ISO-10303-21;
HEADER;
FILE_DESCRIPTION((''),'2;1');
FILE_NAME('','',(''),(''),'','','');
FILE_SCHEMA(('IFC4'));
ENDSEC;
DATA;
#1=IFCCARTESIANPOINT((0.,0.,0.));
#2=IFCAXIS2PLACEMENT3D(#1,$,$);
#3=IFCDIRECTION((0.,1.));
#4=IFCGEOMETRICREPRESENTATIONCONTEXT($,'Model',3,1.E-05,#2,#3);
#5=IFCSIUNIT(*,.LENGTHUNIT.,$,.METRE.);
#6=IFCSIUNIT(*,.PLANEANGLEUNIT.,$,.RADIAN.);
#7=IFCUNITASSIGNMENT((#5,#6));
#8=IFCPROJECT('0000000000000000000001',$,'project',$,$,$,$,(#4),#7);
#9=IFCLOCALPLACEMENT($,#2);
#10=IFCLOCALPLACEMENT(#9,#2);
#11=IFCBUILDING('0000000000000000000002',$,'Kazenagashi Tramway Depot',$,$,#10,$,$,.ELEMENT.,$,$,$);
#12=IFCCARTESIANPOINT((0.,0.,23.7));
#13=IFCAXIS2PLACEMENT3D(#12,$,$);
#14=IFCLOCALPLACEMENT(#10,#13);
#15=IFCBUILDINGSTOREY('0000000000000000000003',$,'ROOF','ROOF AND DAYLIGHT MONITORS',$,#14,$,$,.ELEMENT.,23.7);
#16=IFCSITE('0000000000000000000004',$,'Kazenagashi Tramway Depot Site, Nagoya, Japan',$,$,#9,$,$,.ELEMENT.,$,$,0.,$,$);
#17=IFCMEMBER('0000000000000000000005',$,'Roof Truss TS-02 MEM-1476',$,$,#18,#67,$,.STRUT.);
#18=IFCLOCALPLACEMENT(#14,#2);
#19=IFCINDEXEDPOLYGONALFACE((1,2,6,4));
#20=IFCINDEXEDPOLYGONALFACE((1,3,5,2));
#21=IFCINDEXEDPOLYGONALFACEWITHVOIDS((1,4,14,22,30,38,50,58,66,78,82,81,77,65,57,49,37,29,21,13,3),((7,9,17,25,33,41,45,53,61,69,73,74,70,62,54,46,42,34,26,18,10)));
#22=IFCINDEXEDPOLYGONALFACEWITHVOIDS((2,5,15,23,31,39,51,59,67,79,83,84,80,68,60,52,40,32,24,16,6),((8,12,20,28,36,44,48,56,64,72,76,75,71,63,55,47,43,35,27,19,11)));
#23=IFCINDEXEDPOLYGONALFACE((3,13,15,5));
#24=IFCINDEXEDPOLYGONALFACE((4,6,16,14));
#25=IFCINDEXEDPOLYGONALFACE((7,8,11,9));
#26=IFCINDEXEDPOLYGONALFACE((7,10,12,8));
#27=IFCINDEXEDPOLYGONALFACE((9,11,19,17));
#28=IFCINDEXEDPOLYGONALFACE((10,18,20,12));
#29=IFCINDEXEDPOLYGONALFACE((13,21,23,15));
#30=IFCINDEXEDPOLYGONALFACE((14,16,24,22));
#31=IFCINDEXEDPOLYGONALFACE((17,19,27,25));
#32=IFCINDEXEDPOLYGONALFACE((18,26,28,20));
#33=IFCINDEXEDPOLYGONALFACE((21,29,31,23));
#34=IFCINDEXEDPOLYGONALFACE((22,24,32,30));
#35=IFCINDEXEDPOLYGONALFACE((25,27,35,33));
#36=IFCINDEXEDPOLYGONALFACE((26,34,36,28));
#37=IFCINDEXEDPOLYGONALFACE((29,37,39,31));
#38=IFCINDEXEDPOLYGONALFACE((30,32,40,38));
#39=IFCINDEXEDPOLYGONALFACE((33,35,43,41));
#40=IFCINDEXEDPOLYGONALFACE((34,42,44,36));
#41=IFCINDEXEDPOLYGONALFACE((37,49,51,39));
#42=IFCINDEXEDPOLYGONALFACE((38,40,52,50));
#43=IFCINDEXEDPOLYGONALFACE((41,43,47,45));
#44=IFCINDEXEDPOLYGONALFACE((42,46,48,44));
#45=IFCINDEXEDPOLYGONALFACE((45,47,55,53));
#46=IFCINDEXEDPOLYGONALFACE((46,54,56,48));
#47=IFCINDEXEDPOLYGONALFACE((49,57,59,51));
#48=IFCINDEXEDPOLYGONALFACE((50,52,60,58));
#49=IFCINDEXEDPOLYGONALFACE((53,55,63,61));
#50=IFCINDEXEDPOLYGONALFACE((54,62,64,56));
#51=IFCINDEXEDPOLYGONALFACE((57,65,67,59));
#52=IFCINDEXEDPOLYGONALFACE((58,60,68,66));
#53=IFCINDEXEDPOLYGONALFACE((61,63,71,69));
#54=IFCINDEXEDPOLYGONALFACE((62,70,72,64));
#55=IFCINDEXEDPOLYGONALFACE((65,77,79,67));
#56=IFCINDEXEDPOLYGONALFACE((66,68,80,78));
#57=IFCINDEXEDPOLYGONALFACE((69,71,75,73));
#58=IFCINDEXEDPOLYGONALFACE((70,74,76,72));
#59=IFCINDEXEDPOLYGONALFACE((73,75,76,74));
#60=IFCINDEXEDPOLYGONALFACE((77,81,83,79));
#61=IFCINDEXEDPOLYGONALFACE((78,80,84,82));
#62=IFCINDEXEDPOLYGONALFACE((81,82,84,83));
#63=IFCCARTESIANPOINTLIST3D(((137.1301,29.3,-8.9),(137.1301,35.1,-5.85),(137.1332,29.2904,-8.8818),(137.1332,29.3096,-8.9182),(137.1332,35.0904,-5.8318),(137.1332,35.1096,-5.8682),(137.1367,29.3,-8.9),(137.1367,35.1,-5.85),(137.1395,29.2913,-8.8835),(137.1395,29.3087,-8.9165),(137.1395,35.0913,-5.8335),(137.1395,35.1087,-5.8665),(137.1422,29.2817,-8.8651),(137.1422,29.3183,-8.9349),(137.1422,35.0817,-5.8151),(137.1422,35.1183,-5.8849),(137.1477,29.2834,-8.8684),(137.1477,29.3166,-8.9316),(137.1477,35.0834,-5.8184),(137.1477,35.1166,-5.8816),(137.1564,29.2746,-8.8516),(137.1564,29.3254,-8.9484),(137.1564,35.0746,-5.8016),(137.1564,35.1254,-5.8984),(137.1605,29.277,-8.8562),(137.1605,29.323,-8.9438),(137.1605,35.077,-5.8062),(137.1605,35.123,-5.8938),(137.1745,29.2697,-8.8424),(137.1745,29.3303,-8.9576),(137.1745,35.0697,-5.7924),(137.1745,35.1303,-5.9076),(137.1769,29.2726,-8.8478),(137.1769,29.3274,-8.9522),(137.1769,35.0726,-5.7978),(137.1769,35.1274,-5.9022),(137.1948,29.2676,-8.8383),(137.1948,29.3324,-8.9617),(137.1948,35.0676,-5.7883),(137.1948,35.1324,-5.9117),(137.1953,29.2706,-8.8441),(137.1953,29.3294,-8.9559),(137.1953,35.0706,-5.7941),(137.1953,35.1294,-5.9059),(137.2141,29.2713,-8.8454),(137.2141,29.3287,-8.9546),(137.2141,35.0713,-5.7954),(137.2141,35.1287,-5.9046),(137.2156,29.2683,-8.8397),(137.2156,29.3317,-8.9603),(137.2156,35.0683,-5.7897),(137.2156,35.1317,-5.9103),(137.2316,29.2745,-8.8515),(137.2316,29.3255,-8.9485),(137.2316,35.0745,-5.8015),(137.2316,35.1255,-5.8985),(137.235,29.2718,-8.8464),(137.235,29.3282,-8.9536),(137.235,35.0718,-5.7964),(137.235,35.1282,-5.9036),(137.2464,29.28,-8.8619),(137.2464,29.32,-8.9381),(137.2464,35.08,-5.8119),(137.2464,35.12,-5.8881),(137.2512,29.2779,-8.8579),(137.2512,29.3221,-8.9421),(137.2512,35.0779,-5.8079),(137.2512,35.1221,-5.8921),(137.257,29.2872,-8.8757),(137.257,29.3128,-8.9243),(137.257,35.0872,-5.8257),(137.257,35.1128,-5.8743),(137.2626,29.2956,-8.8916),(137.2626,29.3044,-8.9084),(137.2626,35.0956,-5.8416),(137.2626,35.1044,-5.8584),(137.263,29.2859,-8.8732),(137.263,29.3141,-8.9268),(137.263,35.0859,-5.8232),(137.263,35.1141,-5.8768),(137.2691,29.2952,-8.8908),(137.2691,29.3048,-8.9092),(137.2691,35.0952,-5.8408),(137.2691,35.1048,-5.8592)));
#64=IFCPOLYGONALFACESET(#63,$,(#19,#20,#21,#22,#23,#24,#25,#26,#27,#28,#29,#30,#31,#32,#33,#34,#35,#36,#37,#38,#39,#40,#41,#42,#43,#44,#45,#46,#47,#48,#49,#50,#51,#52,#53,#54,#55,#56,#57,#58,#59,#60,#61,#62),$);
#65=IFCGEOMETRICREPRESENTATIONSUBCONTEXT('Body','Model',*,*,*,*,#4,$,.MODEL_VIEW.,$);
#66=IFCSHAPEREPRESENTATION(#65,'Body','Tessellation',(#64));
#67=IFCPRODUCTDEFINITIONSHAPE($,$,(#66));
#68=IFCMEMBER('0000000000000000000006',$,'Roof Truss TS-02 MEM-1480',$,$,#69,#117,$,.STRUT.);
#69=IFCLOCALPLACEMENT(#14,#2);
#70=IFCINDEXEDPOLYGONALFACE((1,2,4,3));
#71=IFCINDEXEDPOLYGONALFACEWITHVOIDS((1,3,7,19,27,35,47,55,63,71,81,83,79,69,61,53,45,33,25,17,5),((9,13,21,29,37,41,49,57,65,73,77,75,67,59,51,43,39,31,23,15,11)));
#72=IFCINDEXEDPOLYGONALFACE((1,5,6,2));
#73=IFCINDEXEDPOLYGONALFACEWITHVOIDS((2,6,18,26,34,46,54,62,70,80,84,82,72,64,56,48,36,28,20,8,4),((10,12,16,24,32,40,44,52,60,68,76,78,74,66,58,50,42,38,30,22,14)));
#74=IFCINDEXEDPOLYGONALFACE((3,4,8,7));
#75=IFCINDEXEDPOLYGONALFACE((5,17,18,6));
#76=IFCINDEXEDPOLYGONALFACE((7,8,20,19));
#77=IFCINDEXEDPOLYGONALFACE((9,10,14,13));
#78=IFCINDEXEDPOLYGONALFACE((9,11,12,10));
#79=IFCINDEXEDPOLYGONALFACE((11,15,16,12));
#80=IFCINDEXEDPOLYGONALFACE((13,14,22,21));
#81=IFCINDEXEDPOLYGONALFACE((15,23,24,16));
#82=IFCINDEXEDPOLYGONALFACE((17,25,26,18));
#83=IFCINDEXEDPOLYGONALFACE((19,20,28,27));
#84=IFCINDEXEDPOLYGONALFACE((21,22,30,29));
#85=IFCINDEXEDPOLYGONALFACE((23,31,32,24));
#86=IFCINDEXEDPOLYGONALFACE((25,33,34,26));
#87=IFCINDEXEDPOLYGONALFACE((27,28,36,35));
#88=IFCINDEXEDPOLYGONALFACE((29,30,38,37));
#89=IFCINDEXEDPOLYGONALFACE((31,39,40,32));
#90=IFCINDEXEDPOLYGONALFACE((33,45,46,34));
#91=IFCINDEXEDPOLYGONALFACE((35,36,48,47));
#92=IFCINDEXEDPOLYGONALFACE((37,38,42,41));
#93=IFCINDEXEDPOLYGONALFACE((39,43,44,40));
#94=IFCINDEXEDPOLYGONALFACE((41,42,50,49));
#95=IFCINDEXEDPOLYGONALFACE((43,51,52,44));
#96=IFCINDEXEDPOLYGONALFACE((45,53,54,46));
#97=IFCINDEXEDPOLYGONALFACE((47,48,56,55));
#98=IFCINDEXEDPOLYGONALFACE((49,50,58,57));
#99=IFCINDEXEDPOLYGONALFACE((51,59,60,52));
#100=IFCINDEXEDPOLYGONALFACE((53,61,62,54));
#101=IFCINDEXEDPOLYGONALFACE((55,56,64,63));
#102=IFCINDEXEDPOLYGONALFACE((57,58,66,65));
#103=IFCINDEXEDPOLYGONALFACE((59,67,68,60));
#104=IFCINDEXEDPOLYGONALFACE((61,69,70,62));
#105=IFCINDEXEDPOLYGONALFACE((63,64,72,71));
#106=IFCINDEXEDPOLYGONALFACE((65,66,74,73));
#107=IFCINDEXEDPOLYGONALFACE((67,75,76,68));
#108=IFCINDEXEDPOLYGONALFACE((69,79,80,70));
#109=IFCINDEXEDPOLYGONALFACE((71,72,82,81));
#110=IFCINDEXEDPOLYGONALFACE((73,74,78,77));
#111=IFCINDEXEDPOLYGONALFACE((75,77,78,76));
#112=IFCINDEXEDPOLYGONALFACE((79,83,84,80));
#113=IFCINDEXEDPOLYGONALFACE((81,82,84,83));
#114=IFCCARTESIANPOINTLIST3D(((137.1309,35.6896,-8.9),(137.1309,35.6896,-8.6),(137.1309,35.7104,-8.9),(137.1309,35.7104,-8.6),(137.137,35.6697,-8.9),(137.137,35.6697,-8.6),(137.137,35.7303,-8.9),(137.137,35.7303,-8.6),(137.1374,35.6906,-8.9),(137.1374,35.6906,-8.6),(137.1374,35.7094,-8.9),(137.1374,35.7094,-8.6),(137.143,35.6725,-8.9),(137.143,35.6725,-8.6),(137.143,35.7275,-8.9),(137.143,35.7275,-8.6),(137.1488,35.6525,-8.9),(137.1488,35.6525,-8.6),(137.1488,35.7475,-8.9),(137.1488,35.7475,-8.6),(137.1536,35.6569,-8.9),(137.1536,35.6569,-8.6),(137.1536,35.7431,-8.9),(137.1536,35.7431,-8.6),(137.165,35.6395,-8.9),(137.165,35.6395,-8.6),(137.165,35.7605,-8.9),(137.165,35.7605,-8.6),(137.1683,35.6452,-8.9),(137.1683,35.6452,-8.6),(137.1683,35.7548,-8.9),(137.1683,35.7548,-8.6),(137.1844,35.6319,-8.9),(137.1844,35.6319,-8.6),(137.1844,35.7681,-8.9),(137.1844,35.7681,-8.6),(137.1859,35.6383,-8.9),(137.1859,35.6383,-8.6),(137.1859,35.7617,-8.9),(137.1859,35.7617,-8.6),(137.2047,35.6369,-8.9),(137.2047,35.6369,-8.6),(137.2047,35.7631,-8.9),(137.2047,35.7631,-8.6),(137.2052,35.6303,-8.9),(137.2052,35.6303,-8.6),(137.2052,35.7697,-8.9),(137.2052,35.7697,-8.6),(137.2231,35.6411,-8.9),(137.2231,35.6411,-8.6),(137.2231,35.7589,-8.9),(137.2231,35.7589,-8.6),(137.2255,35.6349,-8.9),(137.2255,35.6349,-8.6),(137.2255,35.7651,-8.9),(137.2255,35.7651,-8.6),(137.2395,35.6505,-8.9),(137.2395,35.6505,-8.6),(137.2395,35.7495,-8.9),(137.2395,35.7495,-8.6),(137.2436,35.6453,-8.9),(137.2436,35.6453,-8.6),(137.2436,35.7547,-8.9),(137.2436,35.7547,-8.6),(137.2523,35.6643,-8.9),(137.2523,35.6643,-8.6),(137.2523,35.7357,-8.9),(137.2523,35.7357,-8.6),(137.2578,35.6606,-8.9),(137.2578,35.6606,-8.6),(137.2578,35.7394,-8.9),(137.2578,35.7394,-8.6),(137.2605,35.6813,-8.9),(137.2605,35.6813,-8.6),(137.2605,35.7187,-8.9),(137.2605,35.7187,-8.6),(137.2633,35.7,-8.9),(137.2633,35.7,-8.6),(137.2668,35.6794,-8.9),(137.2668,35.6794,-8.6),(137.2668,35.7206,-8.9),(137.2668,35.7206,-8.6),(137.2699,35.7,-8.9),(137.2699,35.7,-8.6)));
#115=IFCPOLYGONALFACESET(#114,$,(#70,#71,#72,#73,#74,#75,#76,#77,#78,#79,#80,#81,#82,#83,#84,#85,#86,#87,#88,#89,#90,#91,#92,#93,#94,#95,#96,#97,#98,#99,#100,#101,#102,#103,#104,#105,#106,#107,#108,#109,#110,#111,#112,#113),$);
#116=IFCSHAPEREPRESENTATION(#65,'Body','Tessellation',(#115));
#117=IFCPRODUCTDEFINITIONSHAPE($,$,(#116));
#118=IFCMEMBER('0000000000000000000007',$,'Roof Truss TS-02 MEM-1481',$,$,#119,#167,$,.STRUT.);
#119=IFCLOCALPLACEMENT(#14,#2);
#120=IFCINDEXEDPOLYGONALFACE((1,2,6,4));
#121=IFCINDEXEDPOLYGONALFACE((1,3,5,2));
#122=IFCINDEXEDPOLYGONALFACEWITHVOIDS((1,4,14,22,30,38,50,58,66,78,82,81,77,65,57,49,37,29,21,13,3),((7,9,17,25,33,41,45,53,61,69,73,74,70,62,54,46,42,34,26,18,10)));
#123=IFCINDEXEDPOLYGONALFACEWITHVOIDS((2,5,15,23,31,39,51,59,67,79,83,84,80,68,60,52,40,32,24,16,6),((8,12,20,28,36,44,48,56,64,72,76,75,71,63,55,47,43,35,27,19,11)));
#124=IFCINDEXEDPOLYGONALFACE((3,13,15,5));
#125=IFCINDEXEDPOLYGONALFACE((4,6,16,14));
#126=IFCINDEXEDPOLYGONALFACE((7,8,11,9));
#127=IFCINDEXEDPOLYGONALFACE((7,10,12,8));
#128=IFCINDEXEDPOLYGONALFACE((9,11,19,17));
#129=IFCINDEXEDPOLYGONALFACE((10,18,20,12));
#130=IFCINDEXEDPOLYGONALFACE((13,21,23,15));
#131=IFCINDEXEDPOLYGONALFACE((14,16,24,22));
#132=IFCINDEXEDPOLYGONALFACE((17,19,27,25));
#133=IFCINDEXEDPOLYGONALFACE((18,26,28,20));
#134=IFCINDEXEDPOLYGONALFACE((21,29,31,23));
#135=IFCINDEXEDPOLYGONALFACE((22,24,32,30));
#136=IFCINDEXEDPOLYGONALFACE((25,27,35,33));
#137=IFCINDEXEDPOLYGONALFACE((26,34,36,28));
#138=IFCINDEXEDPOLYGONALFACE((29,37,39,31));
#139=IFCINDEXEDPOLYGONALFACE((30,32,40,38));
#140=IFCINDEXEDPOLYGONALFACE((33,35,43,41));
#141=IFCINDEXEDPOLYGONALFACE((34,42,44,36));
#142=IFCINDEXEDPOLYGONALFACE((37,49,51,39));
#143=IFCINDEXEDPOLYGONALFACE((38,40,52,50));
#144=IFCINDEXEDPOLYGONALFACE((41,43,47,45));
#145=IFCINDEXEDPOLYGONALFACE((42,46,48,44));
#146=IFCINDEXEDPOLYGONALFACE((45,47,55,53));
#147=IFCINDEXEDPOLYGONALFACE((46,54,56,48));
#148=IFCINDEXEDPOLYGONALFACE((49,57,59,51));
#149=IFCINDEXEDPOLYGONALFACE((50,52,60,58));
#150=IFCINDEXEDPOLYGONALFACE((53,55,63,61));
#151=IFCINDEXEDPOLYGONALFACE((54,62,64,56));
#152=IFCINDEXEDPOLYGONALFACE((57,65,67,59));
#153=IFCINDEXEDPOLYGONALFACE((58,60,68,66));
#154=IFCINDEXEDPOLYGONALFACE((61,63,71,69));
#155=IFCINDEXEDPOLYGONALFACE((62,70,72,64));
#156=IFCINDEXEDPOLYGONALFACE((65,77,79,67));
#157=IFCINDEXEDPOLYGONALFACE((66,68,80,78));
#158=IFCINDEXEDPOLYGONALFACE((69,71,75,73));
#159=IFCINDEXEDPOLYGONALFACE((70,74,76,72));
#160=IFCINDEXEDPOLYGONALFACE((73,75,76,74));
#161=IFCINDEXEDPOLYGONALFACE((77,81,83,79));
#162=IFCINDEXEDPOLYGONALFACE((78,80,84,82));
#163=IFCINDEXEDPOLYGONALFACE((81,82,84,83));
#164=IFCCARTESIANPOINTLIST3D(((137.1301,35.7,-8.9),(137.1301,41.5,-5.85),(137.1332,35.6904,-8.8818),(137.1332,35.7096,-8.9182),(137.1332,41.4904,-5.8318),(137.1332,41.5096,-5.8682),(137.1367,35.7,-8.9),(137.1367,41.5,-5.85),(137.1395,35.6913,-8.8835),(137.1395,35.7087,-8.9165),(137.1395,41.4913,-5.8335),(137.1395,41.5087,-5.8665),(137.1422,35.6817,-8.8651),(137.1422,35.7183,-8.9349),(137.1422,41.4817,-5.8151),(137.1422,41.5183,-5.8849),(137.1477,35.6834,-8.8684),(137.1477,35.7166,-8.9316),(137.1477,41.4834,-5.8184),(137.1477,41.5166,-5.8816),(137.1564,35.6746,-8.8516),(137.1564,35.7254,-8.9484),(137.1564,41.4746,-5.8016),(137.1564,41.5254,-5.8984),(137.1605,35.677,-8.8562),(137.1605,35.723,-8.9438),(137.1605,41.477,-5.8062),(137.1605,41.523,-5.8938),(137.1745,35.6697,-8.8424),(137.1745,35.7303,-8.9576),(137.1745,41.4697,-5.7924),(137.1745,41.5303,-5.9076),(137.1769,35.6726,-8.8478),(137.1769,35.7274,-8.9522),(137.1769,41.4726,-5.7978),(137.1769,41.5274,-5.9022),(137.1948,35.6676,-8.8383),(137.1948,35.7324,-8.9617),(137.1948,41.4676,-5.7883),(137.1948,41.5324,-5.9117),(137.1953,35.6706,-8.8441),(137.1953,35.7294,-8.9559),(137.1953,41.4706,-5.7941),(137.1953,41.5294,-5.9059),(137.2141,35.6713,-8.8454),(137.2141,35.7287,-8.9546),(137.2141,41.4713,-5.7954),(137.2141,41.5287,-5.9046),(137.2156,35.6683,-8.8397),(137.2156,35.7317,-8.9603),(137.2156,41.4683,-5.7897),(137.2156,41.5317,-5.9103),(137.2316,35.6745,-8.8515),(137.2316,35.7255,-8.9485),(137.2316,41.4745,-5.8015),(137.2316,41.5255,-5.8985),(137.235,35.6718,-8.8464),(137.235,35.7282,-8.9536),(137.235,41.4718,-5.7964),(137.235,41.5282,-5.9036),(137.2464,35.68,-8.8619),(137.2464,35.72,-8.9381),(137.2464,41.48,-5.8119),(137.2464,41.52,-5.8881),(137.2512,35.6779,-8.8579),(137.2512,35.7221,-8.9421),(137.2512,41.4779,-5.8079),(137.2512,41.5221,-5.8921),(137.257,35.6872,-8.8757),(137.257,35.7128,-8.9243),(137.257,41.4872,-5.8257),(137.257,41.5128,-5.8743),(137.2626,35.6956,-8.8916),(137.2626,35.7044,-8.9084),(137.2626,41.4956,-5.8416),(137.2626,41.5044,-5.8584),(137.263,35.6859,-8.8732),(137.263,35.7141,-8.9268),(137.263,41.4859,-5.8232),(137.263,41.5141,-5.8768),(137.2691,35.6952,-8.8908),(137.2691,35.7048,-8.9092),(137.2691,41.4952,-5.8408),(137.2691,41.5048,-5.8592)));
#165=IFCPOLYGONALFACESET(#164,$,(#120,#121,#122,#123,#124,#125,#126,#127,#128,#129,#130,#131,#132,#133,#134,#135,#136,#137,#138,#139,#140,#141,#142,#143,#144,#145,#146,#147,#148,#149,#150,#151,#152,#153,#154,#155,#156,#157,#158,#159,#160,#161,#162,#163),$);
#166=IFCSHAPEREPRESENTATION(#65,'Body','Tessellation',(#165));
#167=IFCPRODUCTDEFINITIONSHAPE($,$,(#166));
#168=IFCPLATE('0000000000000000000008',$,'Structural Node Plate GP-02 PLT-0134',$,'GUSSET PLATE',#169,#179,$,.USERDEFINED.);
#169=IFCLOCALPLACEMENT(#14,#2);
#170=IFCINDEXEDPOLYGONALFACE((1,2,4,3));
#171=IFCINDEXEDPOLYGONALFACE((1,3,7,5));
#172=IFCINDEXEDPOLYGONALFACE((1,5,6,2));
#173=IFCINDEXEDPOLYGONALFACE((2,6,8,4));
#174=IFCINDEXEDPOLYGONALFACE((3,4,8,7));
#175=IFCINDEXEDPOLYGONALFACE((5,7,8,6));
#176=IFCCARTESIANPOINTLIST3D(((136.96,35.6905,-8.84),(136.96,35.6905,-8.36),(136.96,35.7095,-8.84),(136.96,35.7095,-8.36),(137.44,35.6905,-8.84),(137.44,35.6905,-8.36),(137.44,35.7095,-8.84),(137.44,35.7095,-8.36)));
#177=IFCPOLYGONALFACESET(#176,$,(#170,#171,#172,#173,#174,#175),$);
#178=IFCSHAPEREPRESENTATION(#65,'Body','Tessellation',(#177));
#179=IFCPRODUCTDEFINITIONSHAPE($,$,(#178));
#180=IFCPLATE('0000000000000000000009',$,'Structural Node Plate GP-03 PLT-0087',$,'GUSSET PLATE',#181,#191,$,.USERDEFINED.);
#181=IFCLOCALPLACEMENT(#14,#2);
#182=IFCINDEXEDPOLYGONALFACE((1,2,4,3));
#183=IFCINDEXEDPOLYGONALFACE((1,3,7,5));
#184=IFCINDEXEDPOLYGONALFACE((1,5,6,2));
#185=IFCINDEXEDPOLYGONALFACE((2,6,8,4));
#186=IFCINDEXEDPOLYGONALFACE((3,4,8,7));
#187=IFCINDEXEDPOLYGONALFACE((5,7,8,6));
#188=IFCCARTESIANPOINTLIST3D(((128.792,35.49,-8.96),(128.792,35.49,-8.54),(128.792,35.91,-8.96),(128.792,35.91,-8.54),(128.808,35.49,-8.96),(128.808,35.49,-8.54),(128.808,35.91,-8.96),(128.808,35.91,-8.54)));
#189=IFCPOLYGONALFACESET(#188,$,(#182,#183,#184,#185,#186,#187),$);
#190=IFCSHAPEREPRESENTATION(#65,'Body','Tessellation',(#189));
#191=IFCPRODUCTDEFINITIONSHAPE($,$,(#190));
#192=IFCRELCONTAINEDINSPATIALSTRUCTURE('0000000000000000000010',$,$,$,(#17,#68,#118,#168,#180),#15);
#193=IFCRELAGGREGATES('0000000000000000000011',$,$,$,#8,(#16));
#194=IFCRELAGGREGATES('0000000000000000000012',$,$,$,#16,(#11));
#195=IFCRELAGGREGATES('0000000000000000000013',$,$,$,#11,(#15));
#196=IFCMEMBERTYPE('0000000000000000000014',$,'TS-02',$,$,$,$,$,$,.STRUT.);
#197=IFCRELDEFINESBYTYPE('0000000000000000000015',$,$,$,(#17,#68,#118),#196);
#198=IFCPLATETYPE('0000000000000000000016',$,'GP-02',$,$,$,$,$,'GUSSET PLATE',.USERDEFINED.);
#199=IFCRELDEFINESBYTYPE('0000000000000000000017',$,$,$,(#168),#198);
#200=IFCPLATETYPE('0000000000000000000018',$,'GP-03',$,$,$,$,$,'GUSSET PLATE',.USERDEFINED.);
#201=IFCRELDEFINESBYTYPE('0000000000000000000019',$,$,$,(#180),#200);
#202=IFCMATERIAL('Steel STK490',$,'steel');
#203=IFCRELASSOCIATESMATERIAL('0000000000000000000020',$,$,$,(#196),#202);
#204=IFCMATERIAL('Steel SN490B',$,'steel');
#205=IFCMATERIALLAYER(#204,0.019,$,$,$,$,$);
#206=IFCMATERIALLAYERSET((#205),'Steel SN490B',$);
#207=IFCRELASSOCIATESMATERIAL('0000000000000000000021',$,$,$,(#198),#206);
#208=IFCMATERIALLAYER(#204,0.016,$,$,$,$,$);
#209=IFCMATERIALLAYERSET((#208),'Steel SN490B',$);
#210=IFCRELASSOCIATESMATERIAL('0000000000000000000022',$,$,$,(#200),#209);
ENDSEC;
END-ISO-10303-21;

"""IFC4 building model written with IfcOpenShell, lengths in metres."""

from ifc_helpers import new_model, si_unit, direction, frame, origin, origin_2d, place, context, subcontext, project, spatial, rectangle, hollow_circle, extrude, material, layer, layer_set, material_profile, profile_set, type_object, element, save


model = new_model("IFC4")

# Units and contexts
model_context = context("Model", 3, precision=1e-05, world=origin(), true_north=direction((0.0, 1.0)))
body_context = subcontext(model_context, "Body", "Model", "MODEL_VIEW")
ifc_project = project(units=[si_unit("LENGTHUNIT", "METRE"), si_unit("PLANEANGLEUNIT", "RADIAN")], contexts=[model_context])

# Site, building, storey
site_placement = place(None, origin())
site = spatial("IfcSite", under=ifc_project, at=site_placement, Name="Kazenagashi Tramway Depot Site, Nagoya, Japan", CompositionType="ELEMENT", RefElevation=0.0)
building_placement = place(site_placement, origin())
building = spatial("IfcBuilding", under=site, at=building_placement, Name="Kazenagashi Tramway Depot", CompositionType="ELEMENT")
storey_placement = place(building_placement, frame((0.0, 0.0, 23.7)))
storey = spatial("IfcBuildingStorey", under=building, at=storey_placement, Name="ROOF", Description="ROOF AND DAYLIGHT MONITORS", CompositionType="ELEMENT", Elevation=23.7)

# Shared definitions
ifc_material_1 = material(Name="Steel SN490B", Category="steel")

# Members
ifc_material_2 = material(Name="Steel STK490", Category="steel")
ifc_material_profile_1 = material_profile(ifc_material_2, hollow_circle(Radius=0.0699, WallThickness=0.0066, at=origin_2d()), Name="CHS-139.8x6.6")
ifc_profile_set_1 = profile_set([ifc_material_profile_1], Name="Steel STK490")
member_type_1 = type_object("IfcMemberType", Name="TS-02", PredefinedType="STRUT", material=ifc_profile_set_1)
member_1_placement = place(storey_placement, frame((137.2, 29.3, -8.9), z_axis=(0.0, 0.885084, 0.465432), x_axis=(-1.0, 0.0, 0.0)))
element("IfcMember", 1, at=member_1_placement, inside=storey, type_object=member_type_1, Name="Roof Truss TS-02 MEM-1476", PredefinedType="STRUT", context=body_context, shape_type="SweptSolid", body=[
    extrude(hollow_circle(Radius=0.0699, WallThickness=0.0066, at=origin_2d()), origin(), (0.0, 0.0, 1.0), 6.5531),
])
member_2_placement = place(storey_placement, frame((137.2, 35.7, -8.9), z_axis=(0.0, 0.0, 1.0), x_axis=(1.0, 0.0, 0.0)))
element("IfcMember", 2, at=member_2_placement, inside=storey, type_object=member_type_1, Name="Roof Truss TS-02 MEM-1480", PredefinedType="STRUT", context=body_context, shape_type="SweptSolid", body=[
    extrude(hollow_circle(Radius=0.0699, WallThickness=0.0066, at=origin_2d()), origin(), (0.0, 0.0, 1.0), 0.3),
])
member_3_placement = place(storey_placement, frame((137.2, 35.7, -8.9), z_axis=(0.0, 0.885084, 0.465432), x_axis=(-1.0, 0.0, 0.0)))
element("IfcMember", 3, at=member_3_placement, inside=storey, type_object=member_type_1, Name="Roof Truss TS-02 MEM-1481", PredefinedType="STRUT", context=body_context, shape_type="SweptSolid", body=[
    extrude(hollow_circle(Radius=0.0699, WallThickness=0.0066, at=origin_2d()), origin(), (0.0, 0.0, 1.0), 6.5531),
])

# Plates
ifc_layer_1 = layer(ifc_material_1, 0.019)
ifc_layer_set_1 = layer_set([ifc_layer_1], Name="Steel SN490B")
plate_type_1 = type_object("IfcPlateType", Name="GP-02", ElementType="GUSSET PLATE", PredefinedType="USERDEFINED", material=ifc_layer_set_1)
plate_1_placement = place(storey_placement, frame((137.2, 35.7, -8.84), z_axis=(0.0, 0.0, 1.0), x_axis=(1.0, 0.0, 0.0)))
element("IfcPlate", 4, at=plate_1_placement, inside=storey, type_object=plate_type_1, Name="Structural Node Plate GP-02 PLT-0134", ObjectType="GUSSET PLATE", PredefinedType="USERDEFINED", context=body_context, shape_type="SweptSolid", body=[
    extrude(rectangle(XDim=0.48, YDim=0.019, at=origin_2d()), origin(), (0.0, 0.0, 1.0), 0.48),
])
ifc_layer_2 = layer(ifc_material_1, 0.016)
ifc_layer_set_2 = layer_set([ifc_layer_2], Name="Steel SN490B")
plate_type_2 = type_object("IfcPlateType", Name="GP-03", ElementType="GUSSET PLATE", PredefinedType="USERDEFINED", material=ifc_layer_set_2)
plate_2_placement = place(storey_placement, frame((128.8, 35.7, -8.96), z_axis=(0.0, 0.0, 1.0), x_axis=(0.0, 1.0, 0.0)))
element("IfcPlate", 5, at=plate_2_placement, inside=storey, type_object=plate_type_2, Name="Structural Node Plate GP-03 PLT-0087", ObjectType="GUSSET PLATE", PredefinedType="USERDEFINED", context=body_context, shape_type="SweptSolid", body=[
    extrude(rectangle(XDim=0.42, YDim=0.016, at=origin_2d()), origin(), (0.0, 0.0, 1.0), 0.42),
])

save(model, "model.ifc")
